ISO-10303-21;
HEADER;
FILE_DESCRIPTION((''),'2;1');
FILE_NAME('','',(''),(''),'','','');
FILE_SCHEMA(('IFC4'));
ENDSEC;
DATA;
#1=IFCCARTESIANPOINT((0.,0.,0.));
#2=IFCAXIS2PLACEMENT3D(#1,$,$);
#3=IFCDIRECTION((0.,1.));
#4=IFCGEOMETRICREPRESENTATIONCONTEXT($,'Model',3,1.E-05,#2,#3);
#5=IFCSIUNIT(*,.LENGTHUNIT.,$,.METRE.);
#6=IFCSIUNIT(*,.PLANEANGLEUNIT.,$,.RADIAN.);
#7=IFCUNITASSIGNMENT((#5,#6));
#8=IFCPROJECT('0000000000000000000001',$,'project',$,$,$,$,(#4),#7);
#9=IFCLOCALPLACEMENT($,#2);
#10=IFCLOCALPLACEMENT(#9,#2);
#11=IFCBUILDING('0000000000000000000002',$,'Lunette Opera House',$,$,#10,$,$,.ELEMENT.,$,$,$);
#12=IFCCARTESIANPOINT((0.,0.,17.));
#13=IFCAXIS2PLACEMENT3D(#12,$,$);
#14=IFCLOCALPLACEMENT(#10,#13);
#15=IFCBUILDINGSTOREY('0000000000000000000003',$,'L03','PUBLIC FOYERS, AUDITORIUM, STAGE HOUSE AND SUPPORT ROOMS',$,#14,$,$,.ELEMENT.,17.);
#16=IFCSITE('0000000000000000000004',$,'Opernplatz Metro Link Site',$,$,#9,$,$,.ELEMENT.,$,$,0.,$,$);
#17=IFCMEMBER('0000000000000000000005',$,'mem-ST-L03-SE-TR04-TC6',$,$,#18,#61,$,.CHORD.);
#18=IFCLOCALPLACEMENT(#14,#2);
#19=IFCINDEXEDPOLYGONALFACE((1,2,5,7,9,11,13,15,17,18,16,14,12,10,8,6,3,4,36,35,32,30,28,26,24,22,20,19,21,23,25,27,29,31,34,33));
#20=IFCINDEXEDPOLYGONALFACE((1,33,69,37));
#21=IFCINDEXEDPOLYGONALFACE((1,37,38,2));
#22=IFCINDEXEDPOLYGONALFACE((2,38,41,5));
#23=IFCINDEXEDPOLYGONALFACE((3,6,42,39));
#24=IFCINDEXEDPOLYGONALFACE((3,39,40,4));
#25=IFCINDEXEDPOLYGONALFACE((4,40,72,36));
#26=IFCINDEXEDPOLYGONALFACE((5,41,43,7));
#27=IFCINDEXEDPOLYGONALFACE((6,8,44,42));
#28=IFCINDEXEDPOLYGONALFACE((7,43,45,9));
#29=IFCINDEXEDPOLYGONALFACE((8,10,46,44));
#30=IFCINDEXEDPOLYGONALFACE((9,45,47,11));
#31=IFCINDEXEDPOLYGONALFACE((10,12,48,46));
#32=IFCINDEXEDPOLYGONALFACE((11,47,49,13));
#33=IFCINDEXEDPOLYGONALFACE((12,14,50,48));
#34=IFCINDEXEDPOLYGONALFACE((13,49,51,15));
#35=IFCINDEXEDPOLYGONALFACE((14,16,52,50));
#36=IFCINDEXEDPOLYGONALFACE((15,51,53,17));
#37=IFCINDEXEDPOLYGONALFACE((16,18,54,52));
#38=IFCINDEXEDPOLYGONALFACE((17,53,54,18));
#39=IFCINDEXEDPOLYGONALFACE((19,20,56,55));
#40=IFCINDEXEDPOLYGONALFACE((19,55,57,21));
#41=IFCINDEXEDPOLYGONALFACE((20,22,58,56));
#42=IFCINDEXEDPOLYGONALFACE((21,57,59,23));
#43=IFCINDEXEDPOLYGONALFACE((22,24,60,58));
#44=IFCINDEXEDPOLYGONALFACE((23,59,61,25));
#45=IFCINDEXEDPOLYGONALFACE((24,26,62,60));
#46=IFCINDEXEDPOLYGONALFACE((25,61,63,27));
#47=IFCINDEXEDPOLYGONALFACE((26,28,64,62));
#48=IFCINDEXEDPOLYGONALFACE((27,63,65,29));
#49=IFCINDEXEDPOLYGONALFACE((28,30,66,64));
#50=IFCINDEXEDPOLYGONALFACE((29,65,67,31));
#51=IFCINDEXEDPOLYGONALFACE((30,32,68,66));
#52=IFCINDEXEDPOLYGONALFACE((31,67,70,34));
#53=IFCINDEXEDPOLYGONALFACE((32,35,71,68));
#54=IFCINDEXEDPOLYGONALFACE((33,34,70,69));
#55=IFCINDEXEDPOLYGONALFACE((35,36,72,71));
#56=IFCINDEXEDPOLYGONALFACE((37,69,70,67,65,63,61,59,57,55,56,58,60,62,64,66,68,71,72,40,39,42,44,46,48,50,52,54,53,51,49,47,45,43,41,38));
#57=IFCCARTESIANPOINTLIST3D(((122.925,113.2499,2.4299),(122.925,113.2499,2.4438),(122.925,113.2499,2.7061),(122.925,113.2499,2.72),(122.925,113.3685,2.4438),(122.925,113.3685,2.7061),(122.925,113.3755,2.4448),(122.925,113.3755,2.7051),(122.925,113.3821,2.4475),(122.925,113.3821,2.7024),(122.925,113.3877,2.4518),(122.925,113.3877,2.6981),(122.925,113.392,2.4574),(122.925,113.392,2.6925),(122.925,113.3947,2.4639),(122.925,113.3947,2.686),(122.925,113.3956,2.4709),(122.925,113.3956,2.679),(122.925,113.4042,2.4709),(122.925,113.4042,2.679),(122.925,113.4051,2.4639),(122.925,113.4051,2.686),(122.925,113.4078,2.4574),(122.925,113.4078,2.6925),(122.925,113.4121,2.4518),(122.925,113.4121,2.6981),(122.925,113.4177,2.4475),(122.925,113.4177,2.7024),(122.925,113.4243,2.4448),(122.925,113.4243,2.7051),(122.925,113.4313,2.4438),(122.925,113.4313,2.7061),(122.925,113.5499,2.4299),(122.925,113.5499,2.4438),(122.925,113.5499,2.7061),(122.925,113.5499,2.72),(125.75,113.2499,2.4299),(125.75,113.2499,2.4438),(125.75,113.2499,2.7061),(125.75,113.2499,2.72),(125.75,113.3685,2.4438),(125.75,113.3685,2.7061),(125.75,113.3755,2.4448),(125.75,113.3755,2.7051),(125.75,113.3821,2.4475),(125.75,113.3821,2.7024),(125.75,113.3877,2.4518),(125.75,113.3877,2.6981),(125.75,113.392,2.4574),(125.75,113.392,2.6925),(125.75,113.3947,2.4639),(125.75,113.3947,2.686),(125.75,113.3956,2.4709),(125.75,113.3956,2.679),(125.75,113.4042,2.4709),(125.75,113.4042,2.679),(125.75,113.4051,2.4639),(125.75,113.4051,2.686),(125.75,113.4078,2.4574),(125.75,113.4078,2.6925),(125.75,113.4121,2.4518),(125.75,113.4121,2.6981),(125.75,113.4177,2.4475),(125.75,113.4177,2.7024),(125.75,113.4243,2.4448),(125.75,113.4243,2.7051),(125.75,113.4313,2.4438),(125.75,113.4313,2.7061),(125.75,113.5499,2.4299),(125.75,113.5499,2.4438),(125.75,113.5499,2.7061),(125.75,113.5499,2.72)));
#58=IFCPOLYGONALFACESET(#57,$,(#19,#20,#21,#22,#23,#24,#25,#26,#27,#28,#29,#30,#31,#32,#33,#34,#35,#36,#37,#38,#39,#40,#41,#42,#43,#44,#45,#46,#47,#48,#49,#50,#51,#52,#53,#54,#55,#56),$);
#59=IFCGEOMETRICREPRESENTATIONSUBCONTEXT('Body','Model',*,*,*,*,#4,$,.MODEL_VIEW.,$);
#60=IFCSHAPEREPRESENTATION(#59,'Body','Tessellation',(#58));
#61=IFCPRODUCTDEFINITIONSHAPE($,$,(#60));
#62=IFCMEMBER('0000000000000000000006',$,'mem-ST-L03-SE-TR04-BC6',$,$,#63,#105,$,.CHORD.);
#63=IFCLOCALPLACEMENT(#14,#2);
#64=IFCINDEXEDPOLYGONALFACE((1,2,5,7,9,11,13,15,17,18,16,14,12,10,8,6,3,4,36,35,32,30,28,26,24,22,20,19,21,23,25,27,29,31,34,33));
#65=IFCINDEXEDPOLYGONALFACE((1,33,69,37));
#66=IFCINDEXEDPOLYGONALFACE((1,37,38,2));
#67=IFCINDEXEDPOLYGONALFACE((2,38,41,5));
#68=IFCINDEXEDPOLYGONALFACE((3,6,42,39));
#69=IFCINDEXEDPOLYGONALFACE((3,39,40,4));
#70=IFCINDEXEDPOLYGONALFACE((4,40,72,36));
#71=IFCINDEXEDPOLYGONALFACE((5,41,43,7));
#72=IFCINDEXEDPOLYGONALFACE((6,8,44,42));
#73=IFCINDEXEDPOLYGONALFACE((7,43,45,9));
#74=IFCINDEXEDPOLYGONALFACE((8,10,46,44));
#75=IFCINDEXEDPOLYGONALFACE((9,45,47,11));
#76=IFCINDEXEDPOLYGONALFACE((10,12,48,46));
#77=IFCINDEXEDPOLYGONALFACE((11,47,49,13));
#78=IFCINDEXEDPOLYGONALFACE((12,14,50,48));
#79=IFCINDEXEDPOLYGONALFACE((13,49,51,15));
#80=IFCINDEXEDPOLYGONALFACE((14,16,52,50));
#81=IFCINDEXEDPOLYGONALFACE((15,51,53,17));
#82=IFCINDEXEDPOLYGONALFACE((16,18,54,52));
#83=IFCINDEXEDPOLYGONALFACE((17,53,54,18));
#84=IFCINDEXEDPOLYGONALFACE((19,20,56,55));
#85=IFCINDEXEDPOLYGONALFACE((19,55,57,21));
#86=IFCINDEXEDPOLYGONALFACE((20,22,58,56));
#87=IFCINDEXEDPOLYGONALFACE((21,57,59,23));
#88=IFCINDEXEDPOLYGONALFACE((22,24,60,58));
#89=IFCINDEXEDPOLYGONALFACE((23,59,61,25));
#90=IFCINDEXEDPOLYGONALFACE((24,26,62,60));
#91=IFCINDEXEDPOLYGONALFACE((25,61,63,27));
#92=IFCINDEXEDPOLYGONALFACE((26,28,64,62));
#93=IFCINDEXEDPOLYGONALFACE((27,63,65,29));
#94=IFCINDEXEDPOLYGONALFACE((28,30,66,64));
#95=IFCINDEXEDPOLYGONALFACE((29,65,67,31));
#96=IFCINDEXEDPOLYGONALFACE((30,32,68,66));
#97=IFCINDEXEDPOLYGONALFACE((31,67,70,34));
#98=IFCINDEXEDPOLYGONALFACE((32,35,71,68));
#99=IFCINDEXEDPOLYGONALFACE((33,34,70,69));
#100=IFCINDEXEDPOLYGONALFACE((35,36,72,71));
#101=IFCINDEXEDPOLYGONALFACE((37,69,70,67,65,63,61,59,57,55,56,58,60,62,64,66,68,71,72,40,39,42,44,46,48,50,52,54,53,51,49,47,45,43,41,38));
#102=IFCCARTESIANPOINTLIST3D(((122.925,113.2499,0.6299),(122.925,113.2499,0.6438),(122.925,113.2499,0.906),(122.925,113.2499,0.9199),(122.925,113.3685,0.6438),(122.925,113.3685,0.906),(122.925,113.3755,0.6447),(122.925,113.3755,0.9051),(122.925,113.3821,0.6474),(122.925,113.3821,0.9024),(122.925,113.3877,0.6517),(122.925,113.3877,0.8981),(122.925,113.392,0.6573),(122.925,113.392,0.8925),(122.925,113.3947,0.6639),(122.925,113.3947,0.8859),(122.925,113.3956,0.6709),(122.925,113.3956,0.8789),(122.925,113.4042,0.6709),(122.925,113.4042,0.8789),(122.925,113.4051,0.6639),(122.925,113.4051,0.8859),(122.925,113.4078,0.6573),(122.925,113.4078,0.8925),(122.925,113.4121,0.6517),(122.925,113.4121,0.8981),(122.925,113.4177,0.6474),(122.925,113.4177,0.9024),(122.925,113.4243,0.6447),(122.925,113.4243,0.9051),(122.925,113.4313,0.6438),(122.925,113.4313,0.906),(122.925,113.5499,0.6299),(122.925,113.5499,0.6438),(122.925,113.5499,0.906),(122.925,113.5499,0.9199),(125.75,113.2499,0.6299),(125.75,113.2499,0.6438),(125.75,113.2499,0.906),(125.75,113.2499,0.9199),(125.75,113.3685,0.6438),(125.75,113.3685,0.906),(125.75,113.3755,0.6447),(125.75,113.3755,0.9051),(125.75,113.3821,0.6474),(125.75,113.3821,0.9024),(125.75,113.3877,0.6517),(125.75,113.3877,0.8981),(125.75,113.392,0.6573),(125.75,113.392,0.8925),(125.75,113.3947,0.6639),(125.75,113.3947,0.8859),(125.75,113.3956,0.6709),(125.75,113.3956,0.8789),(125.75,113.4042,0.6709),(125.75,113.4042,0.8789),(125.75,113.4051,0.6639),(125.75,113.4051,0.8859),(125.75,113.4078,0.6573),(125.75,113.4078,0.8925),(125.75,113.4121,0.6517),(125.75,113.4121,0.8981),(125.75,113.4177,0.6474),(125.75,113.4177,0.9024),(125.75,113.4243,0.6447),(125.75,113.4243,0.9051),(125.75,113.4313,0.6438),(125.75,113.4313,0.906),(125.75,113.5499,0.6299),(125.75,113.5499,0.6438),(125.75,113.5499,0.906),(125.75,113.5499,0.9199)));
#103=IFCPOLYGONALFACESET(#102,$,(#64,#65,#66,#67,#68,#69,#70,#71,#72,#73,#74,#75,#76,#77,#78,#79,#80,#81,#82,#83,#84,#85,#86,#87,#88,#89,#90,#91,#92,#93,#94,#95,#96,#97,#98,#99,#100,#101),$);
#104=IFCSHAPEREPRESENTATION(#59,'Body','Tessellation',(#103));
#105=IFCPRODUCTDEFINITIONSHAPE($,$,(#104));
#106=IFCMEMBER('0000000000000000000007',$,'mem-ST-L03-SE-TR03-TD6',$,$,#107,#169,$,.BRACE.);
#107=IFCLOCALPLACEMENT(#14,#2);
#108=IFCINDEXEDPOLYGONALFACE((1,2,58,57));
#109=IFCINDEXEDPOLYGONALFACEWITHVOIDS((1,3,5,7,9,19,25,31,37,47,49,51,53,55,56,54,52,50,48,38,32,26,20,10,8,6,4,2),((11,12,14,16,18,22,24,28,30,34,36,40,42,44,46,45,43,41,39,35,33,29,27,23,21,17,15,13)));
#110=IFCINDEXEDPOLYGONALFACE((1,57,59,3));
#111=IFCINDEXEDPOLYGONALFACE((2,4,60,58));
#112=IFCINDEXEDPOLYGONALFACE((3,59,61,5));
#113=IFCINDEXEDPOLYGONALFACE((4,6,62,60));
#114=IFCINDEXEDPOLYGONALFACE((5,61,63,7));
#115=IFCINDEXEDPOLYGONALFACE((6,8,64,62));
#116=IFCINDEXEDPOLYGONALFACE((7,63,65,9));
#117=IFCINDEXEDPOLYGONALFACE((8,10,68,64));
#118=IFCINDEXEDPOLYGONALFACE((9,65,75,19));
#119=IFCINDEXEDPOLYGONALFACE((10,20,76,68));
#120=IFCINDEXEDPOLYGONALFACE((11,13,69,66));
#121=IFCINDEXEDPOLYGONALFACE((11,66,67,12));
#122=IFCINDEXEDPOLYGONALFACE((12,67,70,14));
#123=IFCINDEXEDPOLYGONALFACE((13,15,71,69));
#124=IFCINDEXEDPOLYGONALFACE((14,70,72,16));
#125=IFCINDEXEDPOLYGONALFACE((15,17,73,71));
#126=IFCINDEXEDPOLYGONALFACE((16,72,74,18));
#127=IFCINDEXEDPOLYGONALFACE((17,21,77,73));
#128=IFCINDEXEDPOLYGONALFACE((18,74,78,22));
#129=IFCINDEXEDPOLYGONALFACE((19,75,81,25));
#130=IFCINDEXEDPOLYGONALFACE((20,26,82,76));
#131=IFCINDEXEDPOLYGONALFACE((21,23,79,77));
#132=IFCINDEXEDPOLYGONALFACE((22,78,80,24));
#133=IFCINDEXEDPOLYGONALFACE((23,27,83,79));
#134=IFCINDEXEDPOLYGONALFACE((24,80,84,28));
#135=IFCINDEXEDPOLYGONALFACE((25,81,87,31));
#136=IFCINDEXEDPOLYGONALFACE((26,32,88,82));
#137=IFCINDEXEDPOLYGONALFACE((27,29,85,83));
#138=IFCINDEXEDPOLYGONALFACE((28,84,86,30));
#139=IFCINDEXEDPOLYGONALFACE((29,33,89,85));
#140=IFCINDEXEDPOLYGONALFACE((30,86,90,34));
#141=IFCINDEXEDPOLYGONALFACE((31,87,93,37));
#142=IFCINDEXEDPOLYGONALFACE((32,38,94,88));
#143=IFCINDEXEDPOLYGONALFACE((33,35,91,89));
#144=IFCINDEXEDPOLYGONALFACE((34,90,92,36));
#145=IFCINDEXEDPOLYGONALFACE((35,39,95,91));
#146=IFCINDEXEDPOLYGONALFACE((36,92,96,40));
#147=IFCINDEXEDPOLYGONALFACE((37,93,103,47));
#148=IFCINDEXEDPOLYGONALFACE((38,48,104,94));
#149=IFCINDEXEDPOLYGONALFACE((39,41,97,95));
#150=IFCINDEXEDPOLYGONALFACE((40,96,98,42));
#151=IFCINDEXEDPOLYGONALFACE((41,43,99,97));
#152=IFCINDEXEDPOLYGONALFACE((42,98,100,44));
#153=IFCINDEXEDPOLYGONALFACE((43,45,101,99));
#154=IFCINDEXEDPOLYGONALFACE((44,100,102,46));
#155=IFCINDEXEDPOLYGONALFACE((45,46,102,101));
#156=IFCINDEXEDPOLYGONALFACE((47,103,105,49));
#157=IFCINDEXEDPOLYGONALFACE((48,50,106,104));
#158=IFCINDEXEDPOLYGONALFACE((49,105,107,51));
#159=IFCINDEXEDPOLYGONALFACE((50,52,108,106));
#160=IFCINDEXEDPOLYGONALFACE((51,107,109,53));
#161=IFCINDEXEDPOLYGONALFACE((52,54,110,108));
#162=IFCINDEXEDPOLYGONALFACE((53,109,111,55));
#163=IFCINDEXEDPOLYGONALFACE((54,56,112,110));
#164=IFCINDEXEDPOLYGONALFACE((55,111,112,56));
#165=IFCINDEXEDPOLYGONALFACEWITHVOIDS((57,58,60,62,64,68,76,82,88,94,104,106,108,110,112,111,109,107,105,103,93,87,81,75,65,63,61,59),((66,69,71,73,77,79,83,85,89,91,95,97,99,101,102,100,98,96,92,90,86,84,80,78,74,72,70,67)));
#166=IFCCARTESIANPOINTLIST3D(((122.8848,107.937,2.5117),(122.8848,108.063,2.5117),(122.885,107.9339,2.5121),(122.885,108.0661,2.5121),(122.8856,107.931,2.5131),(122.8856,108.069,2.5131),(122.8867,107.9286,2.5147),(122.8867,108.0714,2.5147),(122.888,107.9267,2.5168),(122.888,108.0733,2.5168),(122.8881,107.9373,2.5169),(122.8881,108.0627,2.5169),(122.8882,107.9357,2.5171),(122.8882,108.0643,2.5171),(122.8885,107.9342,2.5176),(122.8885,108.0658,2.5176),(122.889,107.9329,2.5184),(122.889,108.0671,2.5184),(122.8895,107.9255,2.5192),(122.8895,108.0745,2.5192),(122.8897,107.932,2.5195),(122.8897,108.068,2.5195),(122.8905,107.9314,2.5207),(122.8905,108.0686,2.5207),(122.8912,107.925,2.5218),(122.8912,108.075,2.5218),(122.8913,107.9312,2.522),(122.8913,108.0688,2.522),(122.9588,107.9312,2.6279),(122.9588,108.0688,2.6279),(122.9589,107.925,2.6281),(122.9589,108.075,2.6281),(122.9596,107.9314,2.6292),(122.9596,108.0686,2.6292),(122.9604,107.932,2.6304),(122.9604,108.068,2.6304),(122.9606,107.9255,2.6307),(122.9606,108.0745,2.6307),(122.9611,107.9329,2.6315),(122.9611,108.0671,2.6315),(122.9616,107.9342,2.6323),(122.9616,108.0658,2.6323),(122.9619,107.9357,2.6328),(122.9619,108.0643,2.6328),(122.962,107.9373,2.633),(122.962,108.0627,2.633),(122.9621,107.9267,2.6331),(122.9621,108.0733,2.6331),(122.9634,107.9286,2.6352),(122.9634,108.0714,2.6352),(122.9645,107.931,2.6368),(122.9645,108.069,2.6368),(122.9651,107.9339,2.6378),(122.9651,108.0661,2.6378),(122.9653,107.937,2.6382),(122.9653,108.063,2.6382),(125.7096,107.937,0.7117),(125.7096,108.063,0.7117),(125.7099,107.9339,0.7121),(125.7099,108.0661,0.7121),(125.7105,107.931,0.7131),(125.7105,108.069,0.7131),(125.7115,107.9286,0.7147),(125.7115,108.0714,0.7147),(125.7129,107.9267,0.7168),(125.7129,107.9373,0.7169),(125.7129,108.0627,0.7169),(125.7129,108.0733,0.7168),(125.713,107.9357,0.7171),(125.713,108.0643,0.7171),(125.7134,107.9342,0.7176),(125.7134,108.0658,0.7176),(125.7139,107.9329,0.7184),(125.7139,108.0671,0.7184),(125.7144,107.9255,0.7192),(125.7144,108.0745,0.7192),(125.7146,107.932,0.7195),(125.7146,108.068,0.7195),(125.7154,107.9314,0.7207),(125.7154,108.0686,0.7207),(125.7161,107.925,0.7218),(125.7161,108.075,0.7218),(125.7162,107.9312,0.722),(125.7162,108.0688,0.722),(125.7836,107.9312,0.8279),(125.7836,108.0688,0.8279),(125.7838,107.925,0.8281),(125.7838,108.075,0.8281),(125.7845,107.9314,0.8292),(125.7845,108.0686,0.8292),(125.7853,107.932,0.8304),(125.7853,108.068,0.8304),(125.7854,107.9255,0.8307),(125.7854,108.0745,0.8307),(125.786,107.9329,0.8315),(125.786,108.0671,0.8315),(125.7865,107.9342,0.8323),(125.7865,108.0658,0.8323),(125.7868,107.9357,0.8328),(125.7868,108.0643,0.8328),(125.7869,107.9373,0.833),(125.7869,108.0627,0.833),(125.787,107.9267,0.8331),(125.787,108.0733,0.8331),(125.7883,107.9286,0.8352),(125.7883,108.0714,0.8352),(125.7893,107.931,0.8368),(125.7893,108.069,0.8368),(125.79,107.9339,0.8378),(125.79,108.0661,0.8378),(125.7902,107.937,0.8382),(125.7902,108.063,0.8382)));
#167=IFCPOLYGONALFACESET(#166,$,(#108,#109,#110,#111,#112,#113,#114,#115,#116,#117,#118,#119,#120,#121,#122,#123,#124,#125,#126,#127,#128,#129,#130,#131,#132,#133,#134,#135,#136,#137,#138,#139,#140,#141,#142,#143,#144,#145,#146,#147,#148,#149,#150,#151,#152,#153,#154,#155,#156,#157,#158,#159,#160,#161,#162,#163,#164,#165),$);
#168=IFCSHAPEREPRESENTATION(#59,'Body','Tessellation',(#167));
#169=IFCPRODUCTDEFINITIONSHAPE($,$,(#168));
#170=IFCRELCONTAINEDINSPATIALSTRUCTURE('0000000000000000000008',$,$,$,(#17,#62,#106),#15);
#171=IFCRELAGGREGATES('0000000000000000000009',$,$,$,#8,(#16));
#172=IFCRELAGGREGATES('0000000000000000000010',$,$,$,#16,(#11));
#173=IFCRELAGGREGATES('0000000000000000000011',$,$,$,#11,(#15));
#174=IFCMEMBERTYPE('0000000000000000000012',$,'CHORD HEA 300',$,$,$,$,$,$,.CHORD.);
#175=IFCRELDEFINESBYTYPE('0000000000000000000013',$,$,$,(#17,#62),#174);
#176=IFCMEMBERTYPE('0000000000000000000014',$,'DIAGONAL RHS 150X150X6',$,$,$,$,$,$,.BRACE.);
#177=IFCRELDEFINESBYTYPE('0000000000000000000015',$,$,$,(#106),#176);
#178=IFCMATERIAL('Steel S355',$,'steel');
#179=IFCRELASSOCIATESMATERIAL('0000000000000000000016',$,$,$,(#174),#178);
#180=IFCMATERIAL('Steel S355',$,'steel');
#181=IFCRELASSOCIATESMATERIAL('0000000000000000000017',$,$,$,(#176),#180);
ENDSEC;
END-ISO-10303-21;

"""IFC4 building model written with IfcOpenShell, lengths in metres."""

from ifc_helpers import new_model, si_unit, direction, frame, origin, origin_2d, place, context, subcontext, project, spatial, hollow_rectangle, i_section, extrude, material, material_profile, profile_set, type_object, element, save


model = new_model("IFC4")

# Units and contexts
model_context = context("Model", 3, precision=1e-05, world=origin(), true_north=direction((0.0, 1.0)))
body_context = subcontext(model_context, "Body", "Model", "MODEL_VIEW")
ifc_project = project(units=[si_unit("LENGTHUNIT", "METRE"), si_unit("PLANEANGLEUNIT", "RADIAN")], contexts=[model_context])

# Site, building, storey
site_placement = place(None, origin())
site = spatial("IfcSite", under=ifc_project, at=site_placement, Name="Opernplatz Metro Link Site", CompositionType="ELEMENT", RefElevation=0.0)
building_placement = place(site_placement, origin())
building = spatial("IfcBuilding", under=site, at=building_placement, Name="Lunette Opera House", CompositionType="ELEMENT")
storey_placement = place(building_placement, frame((0.0, 0.0, 17.0)))
storey = spatial("IfcBuildingStorey", under=building, at=storey_placement, Name="L03", Description="PUBLIC FOYERS, AUDITORIUM, STAGE HOUSE AND SUPPORT ROOMS", CompositionType="ELEMENT", Elevation=17.0)

# Members
ifc_material_1 = material(Name="Steel S355", Category="steel")
ifc_material_profile_1 = material_profile(ifc_material_1, i_section(OverallWidth=0.3, OverallDepth=0.29, WebThickness=0.0085, FlangeThickness=0.0139, FilletRadius=0.0271, at=origin_2d()), Name="HEA 300")
ifc_profile_set_1 = profile_set([ifc_material_profile_1], Name="Steel S355")
member_type_1 = type_object("IfcMemberType", Name="CHORD HEA 300", PredefinedType="CHORD", material=ifc_profile_set_1)
for number, where, z_axis, x_axis, name in (
    (1, (122.925, 113.3999, 2.575), (1.0, 0.0, 0.0), (0.0, 1.0, 0.0), "mem-ST-L03-SE-TR04-TC6"),
    (2, (122.925, 113.3999, 0.7749), (1.0, 0.0, 0.0), (0.0, 1.0, 0.0), "mem-ST-L03-SE-TR04-BC6"),
):
    element("IfcMember", number, at=place(storey_placement, frame(where, z_axis=z_axis, x_axis=x_axis)), inside=storey, type_object=member_type_1, Name=name, PredefinedType="CHORD", context=body_context, shape_type="SweptSolid", body=[
        extrude(i_section(OverallWidth=0.3, OverallDepth=0.29, WebThickness=0.0085, FlangeThickness=0.0139, FilletRadius=0.0271, at=origin_2d()), origin(), (0.0, 0.0, 1.0), 2.825),
    ])
ifc_material_2 = material(Name="Steel S355", Category="steel")
ifc_material_profile_2 = material_profile(ifc_material_2, hollow_rectangle(XDim=0.1499, YDim=0.1499, WallThickness=0.0061, InnerFilletRadius=0.0061, OuterFilletRadius=0.012, at=origin_2d()), Name="RHS 150X150X6")
ifc_profile_set_2 = profile_set([ifc_material_profile_2], Name="Steel S355")
member_type_2 = type_object("IfcMemberType", Name="DIAGONAL RHS 150X150X6", PredefinedType="BRACE", material=ifc_profile_set_2)
for number, where, z_axis, x_axis, name in (
    (3, (122.925, 108.0, 2.575), (0.843343, 0.0, -0.537375), (0.0, 1.0, 0.0), "mem-ST-L03-SE-TR03-TD6"),
):
    element("IfcMember", number, at=place(storey_placement, frame(where, z_axis=z_axis, x_axis=x_axis)), inside=storey, type_object=member_type_2, Name=name, PredefinedType="BRACE", context=body_context, shape_type="SweptSolid", body=[
        extrude(hollow_rectangle(XDim=0.1499, YDim=0.1499, WallThickness=0.0061, InnerFilletRadius=0.0061, OuterFilletRadius=0.012, at=origin_2d()), origin(), (0.0, 0.0, 1.0), 3.3496),
    ])

save(model, "model.ifc")
